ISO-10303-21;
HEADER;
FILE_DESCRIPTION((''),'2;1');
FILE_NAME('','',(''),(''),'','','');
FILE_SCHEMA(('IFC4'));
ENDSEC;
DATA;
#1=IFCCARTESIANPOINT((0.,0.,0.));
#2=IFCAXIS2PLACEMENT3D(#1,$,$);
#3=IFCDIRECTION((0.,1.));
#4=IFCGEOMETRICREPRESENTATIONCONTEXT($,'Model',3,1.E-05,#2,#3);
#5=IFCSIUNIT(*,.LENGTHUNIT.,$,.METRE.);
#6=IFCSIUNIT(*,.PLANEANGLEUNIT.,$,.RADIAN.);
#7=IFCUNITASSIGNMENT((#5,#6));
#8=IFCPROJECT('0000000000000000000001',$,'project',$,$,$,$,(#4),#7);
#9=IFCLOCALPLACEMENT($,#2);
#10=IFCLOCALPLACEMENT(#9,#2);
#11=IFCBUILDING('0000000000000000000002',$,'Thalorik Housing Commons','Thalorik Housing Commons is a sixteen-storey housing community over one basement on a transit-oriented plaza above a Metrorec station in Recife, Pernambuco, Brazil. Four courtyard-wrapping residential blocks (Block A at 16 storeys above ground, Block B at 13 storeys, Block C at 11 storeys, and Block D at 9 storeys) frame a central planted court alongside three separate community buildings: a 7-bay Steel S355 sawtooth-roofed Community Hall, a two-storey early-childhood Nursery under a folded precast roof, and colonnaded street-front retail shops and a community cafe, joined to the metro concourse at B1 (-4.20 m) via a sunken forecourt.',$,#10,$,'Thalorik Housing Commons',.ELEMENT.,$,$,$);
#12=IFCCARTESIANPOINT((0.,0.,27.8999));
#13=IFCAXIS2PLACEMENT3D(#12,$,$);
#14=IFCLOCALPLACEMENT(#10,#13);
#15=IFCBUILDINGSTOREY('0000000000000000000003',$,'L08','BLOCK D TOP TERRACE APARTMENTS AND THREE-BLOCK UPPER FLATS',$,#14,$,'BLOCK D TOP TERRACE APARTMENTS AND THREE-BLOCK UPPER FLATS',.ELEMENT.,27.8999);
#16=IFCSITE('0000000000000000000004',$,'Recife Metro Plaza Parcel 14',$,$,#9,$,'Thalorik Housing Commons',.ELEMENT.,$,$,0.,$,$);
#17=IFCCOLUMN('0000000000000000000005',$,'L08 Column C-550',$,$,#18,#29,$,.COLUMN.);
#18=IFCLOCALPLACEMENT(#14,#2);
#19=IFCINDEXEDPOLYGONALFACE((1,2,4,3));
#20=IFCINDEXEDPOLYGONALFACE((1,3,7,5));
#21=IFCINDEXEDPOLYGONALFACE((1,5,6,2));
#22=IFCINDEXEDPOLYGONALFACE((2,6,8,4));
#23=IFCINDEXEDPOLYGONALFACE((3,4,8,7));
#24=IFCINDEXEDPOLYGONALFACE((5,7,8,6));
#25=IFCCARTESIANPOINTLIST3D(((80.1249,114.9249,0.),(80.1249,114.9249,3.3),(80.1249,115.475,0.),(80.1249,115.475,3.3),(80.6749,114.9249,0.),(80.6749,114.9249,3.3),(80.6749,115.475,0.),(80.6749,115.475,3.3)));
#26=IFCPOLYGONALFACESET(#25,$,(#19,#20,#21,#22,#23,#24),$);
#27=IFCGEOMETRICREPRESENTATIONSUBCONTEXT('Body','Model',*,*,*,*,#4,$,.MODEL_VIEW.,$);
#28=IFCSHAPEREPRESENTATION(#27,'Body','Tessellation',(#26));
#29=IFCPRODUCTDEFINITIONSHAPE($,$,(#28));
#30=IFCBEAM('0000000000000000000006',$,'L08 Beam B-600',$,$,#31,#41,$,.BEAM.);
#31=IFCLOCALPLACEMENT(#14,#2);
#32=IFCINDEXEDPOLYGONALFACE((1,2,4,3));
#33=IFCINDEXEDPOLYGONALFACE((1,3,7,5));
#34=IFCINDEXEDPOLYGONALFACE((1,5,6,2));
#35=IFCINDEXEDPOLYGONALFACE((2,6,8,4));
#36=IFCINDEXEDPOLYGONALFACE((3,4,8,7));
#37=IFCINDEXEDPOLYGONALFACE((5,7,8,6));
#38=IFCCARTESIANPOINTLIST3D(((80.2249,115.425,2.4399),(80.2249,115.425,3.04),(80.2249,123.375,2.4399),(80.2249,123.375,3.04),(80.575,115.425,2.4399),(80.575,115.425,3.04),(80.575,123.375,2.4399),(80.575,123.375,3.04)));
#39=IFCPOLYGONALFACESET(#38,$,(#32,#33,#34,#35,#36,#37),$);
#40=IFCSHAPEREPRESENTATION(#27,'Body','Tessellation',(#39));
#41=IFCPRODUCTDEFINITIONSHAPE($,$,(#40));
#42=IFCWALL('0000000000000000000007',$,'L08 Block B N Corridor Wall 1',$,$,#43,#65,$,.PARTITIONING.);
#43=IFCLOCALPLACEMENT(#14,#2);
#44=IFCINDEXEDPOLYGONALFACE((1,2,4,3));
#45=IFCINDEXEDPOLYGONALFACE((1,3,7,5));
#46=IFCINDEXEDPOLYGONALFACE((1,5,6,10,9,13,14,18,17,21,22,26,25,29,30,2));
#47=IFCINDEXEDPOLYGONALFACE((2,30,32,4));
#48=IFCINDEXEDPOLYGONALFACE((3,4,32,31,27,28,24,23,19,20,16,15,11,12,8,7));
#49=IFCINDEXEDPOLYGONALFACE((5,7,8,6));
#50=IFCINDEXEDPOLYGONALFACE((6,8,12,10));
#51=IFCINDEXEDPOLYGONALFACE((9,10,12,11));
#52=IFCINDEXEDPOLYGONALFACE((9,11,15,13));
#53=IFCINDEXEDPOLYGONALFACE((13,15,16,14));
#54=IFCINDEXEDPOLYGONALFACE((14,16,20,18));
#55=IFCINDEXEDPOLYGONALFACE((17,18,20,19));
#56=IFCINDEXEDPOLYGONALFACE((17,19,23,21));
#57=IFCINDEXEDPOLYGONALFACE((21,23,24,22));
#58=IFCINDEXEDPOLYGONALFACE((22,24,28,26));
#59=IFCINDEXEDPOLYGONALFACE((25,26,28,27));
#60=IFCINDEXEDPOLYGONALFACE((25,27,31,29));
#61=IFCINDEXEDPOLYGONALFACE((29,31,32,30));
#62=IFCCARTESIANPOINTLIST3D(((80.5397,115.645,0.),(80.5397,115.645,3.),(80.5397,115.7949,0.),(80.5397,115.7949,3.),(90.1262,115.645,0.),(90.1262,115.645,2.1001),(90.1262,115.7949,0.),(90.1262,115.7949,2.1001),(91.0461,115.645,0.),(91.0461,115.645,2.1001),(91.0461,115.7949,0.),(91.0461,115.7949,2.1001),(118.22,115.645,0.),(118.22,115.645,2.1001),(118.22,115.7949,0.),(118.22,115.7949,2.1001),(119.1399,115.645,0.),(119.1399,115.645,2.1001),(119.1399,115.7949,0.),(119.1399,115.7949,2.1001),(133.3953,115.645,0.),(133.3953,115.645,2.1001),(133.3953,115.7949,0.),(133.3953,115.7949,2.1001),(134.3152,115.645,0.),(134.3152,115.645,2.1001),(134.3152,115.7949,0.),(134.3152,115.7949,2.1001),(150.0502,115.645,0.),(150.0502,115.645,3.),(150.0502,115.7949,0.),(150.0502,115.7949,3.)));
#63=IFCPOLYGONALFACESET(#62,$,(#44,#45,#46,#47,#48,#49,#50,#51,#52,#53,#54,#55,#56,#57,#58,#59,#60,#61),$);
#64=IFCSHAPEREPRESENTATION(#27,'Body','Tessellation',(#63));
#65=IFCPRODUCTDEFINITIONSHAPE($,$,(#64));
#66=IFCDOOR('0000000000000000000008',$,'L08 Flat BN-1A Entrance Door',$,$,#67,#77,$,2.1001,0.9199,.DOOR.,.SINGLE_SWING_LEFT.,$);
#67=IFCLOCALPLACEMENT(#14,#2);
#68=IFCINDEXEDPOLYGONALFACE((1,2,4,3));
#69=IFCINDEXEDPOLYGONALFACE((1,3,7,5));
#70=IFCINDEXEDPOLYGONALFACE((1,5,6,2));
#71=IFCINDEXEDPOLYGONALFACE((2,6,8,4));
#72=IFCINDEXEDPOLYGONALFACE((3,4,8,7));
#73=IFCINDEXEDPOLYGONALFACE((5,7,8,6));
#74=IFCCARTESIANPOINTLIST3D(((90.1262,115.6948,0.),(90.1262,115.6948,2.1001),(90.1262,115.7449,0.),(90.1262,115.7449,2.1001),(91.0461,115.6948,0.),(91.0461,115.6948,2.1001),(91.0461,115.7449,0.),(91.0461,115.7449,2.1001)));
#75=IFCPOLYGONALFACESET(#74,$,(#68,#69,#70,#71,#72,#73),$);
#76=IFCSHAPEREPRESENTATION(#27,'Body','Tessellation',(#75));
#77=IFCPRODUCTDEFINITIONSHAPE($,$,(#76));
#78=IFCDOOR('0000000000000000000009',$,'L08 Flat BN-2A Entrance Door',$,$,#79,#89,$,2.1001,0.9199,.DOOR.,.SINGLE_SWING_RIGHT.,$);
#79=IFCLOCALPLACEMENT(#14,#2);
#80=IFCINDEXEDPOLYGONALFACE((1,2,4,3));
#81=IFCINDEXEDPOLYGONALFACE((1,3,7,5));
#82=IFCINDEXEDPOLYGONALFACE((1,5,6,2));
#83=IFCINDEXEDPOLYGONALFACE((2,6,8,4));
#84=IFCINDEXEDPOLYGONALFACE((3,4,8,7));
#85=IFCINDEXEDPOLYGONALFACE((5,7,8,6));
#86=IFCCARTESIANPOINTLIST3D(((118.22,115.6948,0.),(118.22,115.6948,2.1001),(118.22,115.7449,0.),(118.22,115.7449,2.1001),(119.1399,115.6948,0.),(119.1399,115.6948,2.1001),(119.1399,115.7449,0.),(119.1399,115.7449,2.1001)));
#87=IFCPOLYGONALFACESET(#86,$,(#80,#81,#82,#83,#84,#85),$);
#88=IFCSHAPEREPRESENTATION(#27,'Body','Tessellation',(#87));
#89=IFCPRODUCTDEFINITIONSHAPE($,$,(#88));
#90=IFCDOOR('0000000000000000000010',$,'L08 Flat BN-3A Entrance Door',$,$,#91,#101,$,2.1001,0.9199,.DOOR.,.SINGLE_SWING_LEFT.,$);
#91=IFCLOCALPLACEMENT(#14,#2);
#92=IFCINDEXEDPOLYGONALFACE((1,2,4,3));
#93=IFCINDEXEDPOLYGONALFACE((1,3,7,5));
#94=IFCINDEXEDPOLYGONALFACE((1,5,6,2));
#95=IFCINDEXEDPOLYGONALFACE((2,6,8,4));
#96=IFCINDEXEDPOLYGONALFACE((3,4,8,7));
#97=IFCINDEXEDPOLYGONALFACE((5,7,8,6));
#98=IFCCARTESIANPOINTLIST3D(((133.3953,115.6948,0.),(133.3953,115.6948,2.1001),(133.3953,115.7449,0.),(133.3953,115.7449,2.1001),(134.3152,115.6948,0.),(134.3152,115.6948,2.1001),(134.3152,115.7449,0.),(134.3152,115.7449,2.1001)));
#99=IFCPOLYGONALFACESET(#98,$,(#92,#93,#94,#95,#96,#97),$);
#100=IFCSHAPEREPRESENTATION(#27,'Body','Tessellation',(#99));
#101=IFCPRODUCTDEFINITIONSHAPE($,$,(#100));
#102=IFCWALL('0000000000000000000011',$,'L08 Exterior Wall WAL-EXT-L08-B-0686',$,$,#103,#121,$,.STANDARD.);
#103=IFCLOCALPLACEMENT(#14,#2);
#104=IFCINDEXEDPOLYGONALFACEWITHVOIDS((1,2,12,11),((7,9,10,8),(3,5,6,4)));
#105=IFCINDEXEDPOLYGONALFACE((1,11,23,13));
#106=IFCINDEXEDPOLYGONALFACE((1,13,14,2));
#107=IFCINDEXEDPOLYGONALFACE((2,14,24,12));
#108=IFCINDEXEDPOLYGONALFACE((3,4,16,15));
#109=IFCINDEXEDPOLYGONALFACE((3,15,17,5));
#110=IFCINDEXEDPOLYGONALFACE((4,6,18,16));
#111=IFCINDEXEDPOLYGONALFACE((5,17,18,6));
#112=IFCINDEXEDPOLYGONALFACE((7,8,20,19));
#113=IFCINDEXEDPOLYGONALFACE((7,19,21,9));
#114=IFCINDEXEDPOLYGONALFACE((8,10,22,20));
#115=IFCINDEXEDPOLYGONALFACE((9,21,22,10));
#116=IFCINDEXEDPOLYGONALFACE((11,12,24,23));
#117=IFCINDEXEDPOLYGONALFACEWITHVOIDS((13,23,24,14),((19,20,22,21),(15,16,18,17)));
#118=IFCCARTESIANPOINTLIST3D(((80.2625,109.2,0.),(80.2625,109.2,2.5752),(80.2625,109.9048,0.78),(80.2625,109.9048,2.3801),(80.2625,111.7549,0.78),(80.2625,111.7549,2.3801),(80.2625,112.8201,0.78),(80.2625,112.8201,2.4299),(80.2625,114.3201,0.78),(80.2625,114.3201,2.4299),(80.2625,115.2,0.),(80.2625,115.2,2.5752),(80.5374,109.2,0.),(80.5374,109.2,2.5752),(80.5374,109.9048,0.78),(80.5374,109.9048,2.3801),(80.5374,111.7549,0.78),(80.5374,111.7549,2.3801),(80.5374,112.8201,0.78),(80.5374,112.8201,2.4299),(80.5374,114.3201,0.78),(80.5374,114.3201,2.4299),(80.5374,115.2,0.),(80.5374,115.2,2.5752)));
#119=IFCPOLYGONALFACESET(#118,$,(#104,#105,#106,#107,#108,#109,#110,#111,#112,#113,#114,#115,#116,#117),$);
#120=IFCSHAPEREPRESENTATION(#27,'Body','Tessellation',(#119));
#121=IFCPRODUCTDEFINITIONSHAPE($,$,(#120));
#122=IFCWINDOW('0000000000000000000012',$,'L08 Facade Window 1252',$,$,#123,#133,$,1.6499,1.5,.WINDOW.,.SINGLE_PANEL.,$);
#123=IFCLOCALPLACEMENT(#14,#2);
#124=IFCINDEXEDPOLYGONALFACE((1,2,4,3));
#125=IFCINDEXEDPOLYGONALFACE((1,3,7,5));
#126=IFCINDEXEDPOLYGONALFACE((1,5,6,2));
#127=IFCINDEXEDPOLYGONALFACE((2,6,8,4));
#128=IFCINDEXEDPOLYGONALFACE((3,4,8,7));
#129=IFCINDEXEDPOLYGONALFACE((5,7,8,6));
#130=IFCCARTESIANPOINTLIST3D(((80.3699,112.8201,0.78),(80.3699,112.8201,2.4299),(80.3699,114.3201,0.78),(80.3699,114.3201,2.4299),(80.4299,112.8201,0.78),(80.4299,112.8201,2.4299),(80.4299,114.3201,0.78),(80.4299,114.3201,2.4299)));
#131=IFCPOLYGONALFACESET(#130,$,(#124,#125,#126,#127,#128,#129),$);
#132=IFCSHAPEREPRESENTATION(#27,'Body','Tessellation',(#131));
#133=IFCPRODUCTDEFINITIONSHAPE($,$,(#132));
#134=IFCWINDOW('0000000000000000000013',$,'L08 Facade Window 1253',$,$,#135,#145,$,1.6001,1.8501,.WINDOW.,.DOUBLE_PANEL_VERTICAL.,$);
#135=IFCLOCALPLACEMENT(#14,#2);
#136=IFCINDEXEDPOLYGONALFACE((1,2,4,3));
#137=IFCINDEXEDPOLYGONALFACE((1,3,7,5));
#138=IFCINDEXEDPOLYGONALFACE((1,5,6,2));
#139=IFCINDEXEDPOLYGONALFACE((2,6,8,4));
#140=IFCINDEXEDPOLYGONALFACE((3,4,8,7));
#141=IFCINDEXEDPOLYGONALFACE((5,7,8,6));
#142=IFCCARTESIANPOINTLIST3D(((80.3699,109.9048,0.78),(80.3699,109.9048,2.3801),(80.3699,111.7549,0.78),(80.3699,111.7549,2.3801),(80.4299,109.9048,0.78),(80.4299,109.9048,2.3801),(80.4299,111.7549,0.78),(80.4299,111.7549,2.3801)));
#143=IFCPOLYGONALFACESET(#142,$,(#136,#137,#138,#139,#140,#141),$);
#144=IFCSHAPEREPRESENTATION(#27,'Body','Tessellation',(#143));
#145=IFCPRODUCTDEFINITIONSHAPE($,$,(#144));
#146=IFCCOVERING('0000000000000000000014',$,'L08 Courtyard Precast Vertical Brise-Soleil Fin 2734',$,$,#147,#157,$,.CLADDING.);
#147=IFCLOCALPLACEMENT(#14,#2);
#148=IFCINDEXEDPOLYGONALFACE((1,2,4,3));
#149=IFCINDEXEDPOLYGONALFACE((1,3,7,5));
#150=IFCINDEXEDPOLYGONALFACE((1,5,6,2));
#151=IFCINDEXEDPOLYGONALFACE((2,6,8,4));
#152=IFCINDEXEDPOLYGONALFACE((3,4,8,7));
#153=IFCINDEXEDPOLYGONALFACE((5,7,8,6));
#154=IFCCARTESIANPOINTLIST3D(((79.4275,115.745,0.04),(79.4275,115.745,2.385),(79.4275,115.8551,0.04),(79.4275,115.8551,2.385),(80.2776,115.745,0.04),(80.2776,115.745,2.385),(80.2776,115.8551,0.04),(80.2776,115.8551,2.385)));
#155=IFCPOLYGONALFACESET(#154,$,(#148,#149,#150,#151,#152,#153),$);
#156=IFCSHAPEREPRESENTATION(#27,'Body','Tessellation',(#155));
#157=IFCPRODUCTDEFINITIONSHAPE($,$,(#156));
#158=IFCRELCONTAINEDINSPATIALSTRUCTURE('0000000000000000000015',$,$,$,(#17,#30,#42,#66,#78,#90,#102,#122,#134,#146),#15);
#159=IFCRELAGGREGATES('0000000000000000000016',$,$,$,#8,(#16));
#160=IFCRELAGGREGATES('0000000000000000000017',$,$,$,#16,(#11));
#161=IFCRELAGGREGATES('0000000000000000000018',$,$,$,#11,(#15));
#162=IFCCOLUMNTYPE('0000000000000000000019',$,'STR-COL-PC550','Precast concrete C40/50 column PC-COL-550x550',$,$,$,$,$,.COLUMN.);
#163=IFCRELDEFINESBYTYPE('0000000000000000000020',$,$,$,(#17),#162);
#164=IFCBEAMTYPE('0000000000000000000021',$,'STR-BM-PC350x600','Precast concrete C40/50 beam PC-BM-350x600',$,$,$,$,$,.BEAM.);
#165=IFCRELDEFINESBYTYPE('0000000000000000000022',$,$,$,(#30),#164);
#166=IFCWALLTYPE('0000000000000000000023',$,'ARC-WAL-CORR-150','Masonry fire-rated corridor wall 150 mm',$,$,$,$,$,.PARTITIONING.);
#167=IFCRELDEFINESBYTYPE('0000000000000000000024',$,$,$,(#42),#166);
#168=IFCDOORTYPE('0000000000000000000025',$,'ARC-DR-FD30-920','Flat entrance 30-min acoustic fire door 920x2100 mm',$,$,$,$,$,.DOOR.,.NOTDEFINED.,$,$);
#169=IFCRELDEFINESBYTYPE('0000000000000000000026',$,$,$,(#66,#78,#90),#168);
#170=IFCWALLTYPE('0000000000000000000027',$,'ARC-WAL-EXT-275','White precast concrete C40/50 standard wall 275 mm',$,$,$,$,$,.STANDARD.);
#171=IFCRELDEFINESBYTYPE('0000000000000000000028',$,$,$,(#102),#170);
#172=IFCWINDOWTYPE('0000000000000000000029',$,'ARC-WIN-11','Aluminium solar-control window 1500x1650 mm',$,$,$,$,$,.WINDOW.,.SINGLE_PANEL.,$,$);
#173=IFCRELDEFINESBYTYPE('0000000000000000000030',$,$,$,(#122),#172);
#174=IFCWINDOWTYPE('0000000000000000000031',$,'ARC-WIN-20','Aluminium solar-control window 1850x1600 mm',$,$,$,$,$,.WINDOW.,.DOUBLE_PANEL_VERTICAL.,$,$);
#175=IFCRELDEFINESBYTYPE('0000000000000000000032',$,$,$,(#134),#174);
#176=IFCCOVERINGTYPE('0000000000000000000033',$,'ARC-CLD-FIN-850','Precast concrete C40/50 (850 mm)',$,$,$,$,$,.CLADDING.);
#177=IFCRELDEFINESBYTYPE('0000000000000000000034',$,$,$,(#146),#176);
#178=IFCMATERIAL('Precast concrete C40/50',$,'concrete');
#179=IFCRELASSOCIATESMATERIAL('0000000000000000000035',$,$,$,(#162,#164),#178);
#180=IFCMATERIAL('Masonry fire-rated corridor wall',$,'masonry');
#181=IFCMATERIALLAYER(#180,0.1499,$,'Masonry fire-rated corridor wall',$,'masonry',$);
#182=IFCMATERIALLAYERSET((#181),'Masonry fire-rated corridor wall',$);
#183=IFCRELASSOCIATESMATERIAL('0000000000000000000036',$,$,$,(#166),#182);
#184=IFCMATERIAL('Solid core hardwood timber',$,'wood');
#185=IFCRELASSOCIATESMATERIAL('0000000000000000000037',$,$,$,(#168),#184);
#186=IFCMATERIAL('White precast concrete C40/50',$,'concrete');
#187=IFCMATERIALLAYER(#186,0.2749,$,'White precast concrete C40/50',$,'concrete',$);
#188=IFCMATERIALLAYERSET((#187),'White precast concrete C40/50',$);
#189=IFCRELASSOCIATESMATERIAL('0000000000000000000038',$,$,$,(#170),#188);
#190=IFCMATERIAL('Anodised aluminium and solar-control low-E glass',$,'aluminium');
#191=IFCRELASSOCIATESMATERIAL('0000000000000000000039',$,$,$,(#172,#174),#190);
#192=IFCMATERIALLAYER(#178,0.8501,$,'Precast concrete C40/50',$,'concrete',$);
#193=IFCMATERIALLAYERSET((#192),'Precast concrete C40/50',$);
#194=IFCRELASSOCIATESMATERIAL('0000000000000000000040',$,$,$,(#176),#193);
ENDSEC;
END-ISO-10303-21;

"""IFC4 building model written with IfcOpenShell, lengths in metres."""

from ifc_helpers import new_model, si_unit, direction, frame, frame_2d, origin, origin_2d, place, context, subcontext, project, spatial, rectangle, extrude, material, layer, layer_set, material_profile, profile_set, type_object, element, fill, save


model = new_model("IFC4")

# Units and contexts
model_context = context("Model", 3, precision=1e-05, world=origin(), true_north=direction((0.0, 1.0)))
body_context = subcontext(model_context, "Body", "Model", "MODEL_VIEW")
ifc_project = project(units=[si_unit("LENGTHUNIT", "METRE"), si_unit("PLANEANGLEUNIT", "RADIAN")], contexts=[model_context])

# Site, building, storey
site_placement = place(None, origin())
site = spatial("IfcSite", under=ifc_project, at=site_placement, Name="Recife Metro Plaza Parcel 14", LongName="Thalorik Housing Commons", CompositionType="ELEMENT", RefElevation=0.0)
building_placement = place(site_placement, origin())
building = spatial("IfcBuilding", under=site, at=building_placement, Name="Thalorik Housing Commons", Description="Thalorik Housing Commons is a sixteen-storey housing community over one basement on a transit-oriented plaza above a Metrorec station in Recife, Pernambuco, Brazil. Four courtyard-wrapping residential blocks (Block A at 16 storeys above ground, Block B at 13 storeys, Block C at 11 storeys, and Block D at 9 storeys) frame a central planted court alongside three separate community buildings: a 7-bay Steel S355 sawtooth-roofed Community Hall, a two-storey early-childhood Nursery under a folded precast roof, and colonnaded street-front retail shops and a community cafe, joined to the metro concourse at B1 (-4.20 m) via a sunken forecourt.", LongName="Thalorik Housing Commons", CompositionType="ELEMENT")
storey_placement = place(building_placement, frame((0.0, 0.0, 27.8999)))
storey = spatial("IfcBuildingStorey", under=building, at=storey_placement, Name="L08", Description="BLOCK D TOP TERRACE APARTMENTS AND THREE-BLOCK UPPER FLATS", LongName="BLOCK D TOP TERRACE APARTMENTS AND THREE-BLOCK UPPER FLATS", CompositionType="ELEMENT", Elevation=27.8999)

# Column
ifc_material_1 = material(Name="Precast concrete C40/50", Category="concrete")
ifc_material_profile_1 = material_profile(ifc_material_1, rectangle(XDim=0.55, YDim=0.55, at=origin_2d()), Name="PC 550x550", Category="concrete")
ifc_profile_set_1 = profile_set([ifc_material_profile_1], Name="Precast concrete C40/50")
column_type = type_object("IfcColumnType", Name="STR-COL-PC550", Description="Precast concrete C40/50 column PC-COL-550x550", PredefinedType="COLUMN", material=ifc_profile_set_1)
column_placement = place(storey_placement, frame((80.3999, 115.2, 0.0), z_axis=(0.0, 0.0, 1.0), x_axis=(1.0, 0.0, 0.0)))
element("IfcColumn", 1, at=column_placement, inside=storey, type_object=column_type, Name="L08 Column C-550", PredefinedType="COLUMN", context=body_context, shape_type="SweptSolid", body=[
    extrude(rectangle(XDim=0.55, YDim=0.55, at=origin_2d()), origin(), (0.0, 0.0, 1.0), 3.3),
])

# Beam
ifc_material_profile_2 = material_profile(ifc_material_1, rectangle(XDim=0.3501, YDim=0.6001, at=origin_2d()), Name="PC 350x600", Category="concrete")
ifc_profile_set_2 = profile_set([ifc_material_profile_2], Name="Precast concrete C40/50")
beam_type = type_object("IfcBeamType", Name="STR-BM-PC350x600", Description="Precast concrete C40/50 beam PC-BM-350x600", PredefinedType="BEAM", material=ifc_profile_set_2)
beam_placement = place(storey_placement, frame((80.3999, 115.425, 2.74), z_axis=(0.0, 1.0, 0.0), x_axis=(-1.0, 0.0, 0.0)))
element("IfcBeam", 2, at=beam_placement, inside=storey, type_object=beam_type, Name="L08 Beam B-600", PredefinedType="BEAM", context=body_context, shape_type="SweptSolid", body=[
    extrude(rectangle(XDim=0.3501, YDim=0.6001, at=origin_2d()), origin(), (0.0, 0.0, 1.0), 7.95),
])

# Wall, openings, doors
ifc_material_2 = material(Name="Masonry fire-rated corridor wall", Category="masonry")
ifc_layer_1 = layer(ifc_material_2, 0.1499, Name="Masonry fire-rated corridor wall", Category="masonry")
ifc_layer_set_1 = layer_set([ifc_layer_1], Name="Masonry fire-rated corridor wall")
wall_type_1 = type_object("IfcWallType", Name="ARC-WAL-CORR-150", Description="Masonry fire-rated corridor wall 150 mm", PredefinedType="PARTITIONING", material=ifc_layer_set_1)
wall_1_placement = place(storey_placement, frame((80.5396, 115.72, 0.0), z_axis=(0.0, 0.0, 1.0), x_axis=(1.0, 0.0, 0.0)))
wall_1 = element("IfcWall", 3, at=wall_1_placement, inside=storey, type_object=wall_type_1, Name="L08 Block B N Corridor Wall 1", PredefinedType="PARTITIONING", context=body_context, shape_type="SweptSolid", body=[
    extrude(rectangle(XDim=69.5105, YDim=0.1499, at=frame_2d((34.7554, 0.0))), origin(), (0.0, 0.0, 1.0), 3.0),
])
opening_1_placement = place(wall_1_placement, frame((9.5867, 0.0, 0.0)))
opening_1 = element("IfcOpeningElement", 4, at=opening_1_placement, cuts=wall_1, PredefinedType="OPENING", context=body_context, shape_type="SweptSolid", body=[
    extrude(rectangle(XDim=0.9199, YDim=2.1001, at=frame_2d((0.46, 1.05))), frame((0.0, 0.085, 0.0), z_axis=(0.0, -1.0, 0.0), x_axis=(1.0, 0.0, 0.0)), (0.0, 0.0, 1.0), 0.1699),
])
opening_2_placement = place(wall_1_placement, frame((37.6804, 0.0, 0.0)))
opening_2 = element("IfcOpeningElement", 5, at=opening_2_placement, cuts=wall_1, PredefinedType="OPENING", context=body_context, shape_type="SweptSolid", body=[
    extrude(rectangle(XDim=0.9199, YDim=2.1001, at=frame_2d((0.46, 1.05))), frame((0.0, 0.085, 0.0), z_axis=(0.0, -1.0, 0.0), x_axis=(1.0, 0.0, 0.0)), (0.0, 0.0, 1.0), 0.1699),
])
opening_3_placement = place(wall_1_placement, frame((52.8557, 0.0, 0.0)))
opening_3 = element("IfcOpeningElement", 6, at=opening_3_placement, cuts=wall_1, PredefinedType="OPENING", context=body_context, shape_type="SweptSolid", body=[
    extrude(rectangle(XDim=0.9199, YDim=2.1001, at=frame_2d((0.46, 1.05))), frame((0.0, 0.085, 0.0), z_axis=(0.0, -1.0, 0.0), x_axis=(1.0, 0.0, 0.0)), (0.0, 0.0, 1.0), 0.1699),
])
ifc_material_3 = material(Name="Solid core hardwood timber", Category="wood")
door_type = type_object("IfcDoorType", Name="ARC-DR-FD30-920", Description="Flat entrance 30-min acoustic fire door 920x2100 mm", OperationType="NOTDEFINED", PredefinedType="DOOR", material=ifc_material_3)
door_1_placement = place(opening_1_placement, origin())
door_1 = element("IfcDoor", 7, at=door_1_placement, inside=storey, type_object=door_type, Name="L08 Flat BN-1A Entrance Door", OperationType="SINGLE_SWING_LEFT", OverallHeight=2.1001, OverallWidth=0.9199, PredefinedType="DOOR", context=body_context, shape_type="SweptSolid", body=[
    extrude(rectangle(XDim=0.9199, YDim=2.1001, at=frame_2d((0.46, 1.05))), frame((0.0, 0.0249, 0.0), z_axis=(0.0, -1.0, 0.0), x_axis=(1.0, 0.0, 0.0)), (0.0, 0.0, 1.0), 0.05),
])
fill(opening_1, door_1)
door_2_placement = place(opening_2_placement, origin())
door_2 = element("IfcDoor", 8, at=door_2_placement, inside=storey, type_object=door_type, Name="L08 Flat BN-2A Entrance Door", OperationType="SINGLE_SWING_RIGHT", OverallHeight=2.1001, OverallWidth=0.9199, PredefinedType="DOOR", context=body_context, shape_type="SweptSolid", body=[
    extrude(rectangle(XDim=0.9199, YDim=2.1001, at=frame_2d((0.46, 1.05))), frame((0.0, 0.0249, 0.0), z_axis=(0.0, -1.0, 0.0), x_axis=(1.0, 0.0, 0.0)), (0.0, 0.0, 1.0), 0.05),
])
fill(opening_2, door_2)
door_3_placement = place(opening_3_placement, origin())
door_3 = element("IfcDoor", 9, at=door_3_placement, inside=storey, type_object=door_type, Name="L08 Flat BN-3A Entrance Door", OperationType="SINGLE_SWING_LEFT", OverallHeight=2.1001, OverallWidth=0.9199, PredefinedType="DOOR", context=body_context, shape_type="SweptSolid", body=[
    extrude(rectangle(XDim=0.9199, YDim=2.1001, at=frame_2d((0.46, 1.05))), frame((0.0, 0.0249, 0.0), z_axis=(0.0, -1.0, 0.0), x_axis=(1.0, 0.0, 0.0)), (0.0, 0.0, 1.0), 0.05),
])
fill(opening_3, door_3)

# Wall, openings, windows
ifc_material_4 = material(Name="White precast concrete C40/50", Category="concrete")
ifc_layer_2 = layer(ifc_material_4, 0.2749, Name="White precast concrete C40/50", Category="concrete")
ifc_layer_set_2 = layer_set([ifc_layer_2], Name="White precast concrete C40/50")
wall_type_2 = type_object("IfcWallType", Name="ARC-WAL-EXT-275", Description="White precast concrete C40/50 standard wall 275 mm", PredefinedType="STANDARD", material=ifc_layer_set_2)
wall_2_placement = place(storey_placement, frame((80.3999, 115.2, 0.0), z_axis=(0.0, 0.0, 1.0), x_axis=(0.0, -1.0, 0.0)))
wall_2 = element("IfcWall", 10, at=wall_2_placement, inside=storey, type_object=wall_type_2, Name="L08 Exterior Wall WAL-EXT-L08-B-0686", PredefinedType="STANDARD", context=body_context, shape_type="SweptSolid", body=[
    extrude(rectangle(XDim=6.0, YDim=0.2749, at=frame_2d((3.0, 0.0))), origin(), (0.0, 0.0, 1.0), 2.5752),
])
opening_4_placement = place(wall_2_placement, frame((0.8799, 0.0, 0.78)))
opening_4 = element("IfcOpeningElement", 11, at=opening_4_placement, cuts=wall_2, PredefinedType="OPENING", context=body_context, shape_type="SweptSolid", body=[
    extrude(rectangle(XDim=1.5, YDim=1.6499, at=frame_2d((0.75, 0.825))), frame((0.0, 0.1475, 0.0), z_axis=(0.0, -1.0, 0.0), x_axis=(1.0, 0.0, 0.0)), (0.0, 0.0, 1.0), 0.2949),
])
opening_5_placement = place(wall_2_placement, frame((3.4451, 0.0, 0.78)))
opening_5 = element("IfcOpeningElement", 12, at=opening_5_placement, cuts=wall_2, PredefinedType="OPENING", context=body_context, shape_type="SweptSolid", body=[
    extrude(rectangle(XDim=1.8501, YDim=1.6001, at=frame_2d((0.925, 0.8))), frame((0.0, 0.1475, 0.0), z_axis=(0.0, -1.0, 0.0), x_axis=(1.0, 0.0, 0.0)), (0.0, 0.0, 1.0), 0.2949),
])
ifc_material_5 = material(Name="Anodised aluminium and solar-control low-E glass", Category="aluminium")
window_type_1 = type_object("IfcWindowType", Name="ARC-WIN-11", Description="Aluminium solar-control window 1500x1650 mm", PartitioningType="SINGLE_PANEL", PredefinedType="WINDOW", material=ifc_material_5)
window_1_placement = place(opening_4_placement, origin())
window_1 = element("IfcWindow", 13, at=window_1_placement, inside=storey, type_object=window_type_1, Name="L08 Facade Window 1252", OverallHeight=1.6499, OverallWidth=1.5, PartitioningType="SINGLE_PANEL", PredefinedType="WINDOW", context=body_context, shape_type="SweptSolid", body=[
    extrude(rectangle(XDim=1.5, YDim=1.6499, at=frame_2d((0.75, 0.825))), frame((0.0, 0.03, 0.0), z_axis=(0.0, -1.0, 0.0), x_axis=(1.0, 0.0, 0.0)), (0.0, 0.0, 1.0), 0.0601),
])
fill(opening_4, window_1)
window_type_2 = type_object("IfcWindowType", Name="ARC-WIN-20", Description="Aluminium solar-control window 1850x1600 mm", PartitioningType="DOUBLE_PANEL_VERTICAL", PredefinedType="WINDOW", material=ifc_material_5)
window_2_placement = place(opening_5_placement, origin())
window_2 = element("IfcWindow", 14, at=window_2_placement, inside=storey, type_object=window_type_2, Name="L08 Facade Window 1253", OverallHeight=1.6001, OverallWidth=1.8501, PartitioningType="DOUBLE_PANEL_VERTICAL", PredefinedType="WINDOW", context=body_context, shape_type="SweptSolid", body=[
    extrude(rectangle(XDim=1.8501, YDim=1.6001, at=frame_2d((0.925, 0.8))), frame((0.0, 0.03, 0.0), z_axis=(0.0, -1.0, 0.0), x_axis=(1.0, 0.0, 0.0)), (0.0, 0.0, 1.0), 0.0601),
])
fill(opening_5, window_2)

# Covering
ifc_layer_3 = layer(ifc_material_1, 0.8501, Name="Precast concrete C40/50", Category="concrete")
ifc_layer_set_3 = layer_set([ifc_layer_3], Name="Precast concrete C40/50")
covering_type_1 = type_object("IfcCoveringType", Name="ARC-CLD-FIN-850", Description="Precast concrete C40/50 (850 mm)", PredefinedType="CLADDING", material=ifc_layer_set_3)
covering_1_placement = place(storey_placement, frame((79.8525, 115.8, 0.04), z_axis=(0.0, 0.0, 1.0), x_axis=(0.0, -1.0, 0.0)))
element("IfcCovering", 15, at=covering_1_placement, inside=storey, type_object=covering_type_1, Name="L08 Courtyard Precast Vertical Brise-Soleil Fin 2734", PredefinedType="CLADDING", context=body_context, shape_type="SweptSolid", body=[
    extrude(rectangle(XDim=0.1101, YDim=0.8501, at=origin_2d()), origin(), (0.0, 0.0, 1.0), 2.345),
])

save(model, "model.ifc")
